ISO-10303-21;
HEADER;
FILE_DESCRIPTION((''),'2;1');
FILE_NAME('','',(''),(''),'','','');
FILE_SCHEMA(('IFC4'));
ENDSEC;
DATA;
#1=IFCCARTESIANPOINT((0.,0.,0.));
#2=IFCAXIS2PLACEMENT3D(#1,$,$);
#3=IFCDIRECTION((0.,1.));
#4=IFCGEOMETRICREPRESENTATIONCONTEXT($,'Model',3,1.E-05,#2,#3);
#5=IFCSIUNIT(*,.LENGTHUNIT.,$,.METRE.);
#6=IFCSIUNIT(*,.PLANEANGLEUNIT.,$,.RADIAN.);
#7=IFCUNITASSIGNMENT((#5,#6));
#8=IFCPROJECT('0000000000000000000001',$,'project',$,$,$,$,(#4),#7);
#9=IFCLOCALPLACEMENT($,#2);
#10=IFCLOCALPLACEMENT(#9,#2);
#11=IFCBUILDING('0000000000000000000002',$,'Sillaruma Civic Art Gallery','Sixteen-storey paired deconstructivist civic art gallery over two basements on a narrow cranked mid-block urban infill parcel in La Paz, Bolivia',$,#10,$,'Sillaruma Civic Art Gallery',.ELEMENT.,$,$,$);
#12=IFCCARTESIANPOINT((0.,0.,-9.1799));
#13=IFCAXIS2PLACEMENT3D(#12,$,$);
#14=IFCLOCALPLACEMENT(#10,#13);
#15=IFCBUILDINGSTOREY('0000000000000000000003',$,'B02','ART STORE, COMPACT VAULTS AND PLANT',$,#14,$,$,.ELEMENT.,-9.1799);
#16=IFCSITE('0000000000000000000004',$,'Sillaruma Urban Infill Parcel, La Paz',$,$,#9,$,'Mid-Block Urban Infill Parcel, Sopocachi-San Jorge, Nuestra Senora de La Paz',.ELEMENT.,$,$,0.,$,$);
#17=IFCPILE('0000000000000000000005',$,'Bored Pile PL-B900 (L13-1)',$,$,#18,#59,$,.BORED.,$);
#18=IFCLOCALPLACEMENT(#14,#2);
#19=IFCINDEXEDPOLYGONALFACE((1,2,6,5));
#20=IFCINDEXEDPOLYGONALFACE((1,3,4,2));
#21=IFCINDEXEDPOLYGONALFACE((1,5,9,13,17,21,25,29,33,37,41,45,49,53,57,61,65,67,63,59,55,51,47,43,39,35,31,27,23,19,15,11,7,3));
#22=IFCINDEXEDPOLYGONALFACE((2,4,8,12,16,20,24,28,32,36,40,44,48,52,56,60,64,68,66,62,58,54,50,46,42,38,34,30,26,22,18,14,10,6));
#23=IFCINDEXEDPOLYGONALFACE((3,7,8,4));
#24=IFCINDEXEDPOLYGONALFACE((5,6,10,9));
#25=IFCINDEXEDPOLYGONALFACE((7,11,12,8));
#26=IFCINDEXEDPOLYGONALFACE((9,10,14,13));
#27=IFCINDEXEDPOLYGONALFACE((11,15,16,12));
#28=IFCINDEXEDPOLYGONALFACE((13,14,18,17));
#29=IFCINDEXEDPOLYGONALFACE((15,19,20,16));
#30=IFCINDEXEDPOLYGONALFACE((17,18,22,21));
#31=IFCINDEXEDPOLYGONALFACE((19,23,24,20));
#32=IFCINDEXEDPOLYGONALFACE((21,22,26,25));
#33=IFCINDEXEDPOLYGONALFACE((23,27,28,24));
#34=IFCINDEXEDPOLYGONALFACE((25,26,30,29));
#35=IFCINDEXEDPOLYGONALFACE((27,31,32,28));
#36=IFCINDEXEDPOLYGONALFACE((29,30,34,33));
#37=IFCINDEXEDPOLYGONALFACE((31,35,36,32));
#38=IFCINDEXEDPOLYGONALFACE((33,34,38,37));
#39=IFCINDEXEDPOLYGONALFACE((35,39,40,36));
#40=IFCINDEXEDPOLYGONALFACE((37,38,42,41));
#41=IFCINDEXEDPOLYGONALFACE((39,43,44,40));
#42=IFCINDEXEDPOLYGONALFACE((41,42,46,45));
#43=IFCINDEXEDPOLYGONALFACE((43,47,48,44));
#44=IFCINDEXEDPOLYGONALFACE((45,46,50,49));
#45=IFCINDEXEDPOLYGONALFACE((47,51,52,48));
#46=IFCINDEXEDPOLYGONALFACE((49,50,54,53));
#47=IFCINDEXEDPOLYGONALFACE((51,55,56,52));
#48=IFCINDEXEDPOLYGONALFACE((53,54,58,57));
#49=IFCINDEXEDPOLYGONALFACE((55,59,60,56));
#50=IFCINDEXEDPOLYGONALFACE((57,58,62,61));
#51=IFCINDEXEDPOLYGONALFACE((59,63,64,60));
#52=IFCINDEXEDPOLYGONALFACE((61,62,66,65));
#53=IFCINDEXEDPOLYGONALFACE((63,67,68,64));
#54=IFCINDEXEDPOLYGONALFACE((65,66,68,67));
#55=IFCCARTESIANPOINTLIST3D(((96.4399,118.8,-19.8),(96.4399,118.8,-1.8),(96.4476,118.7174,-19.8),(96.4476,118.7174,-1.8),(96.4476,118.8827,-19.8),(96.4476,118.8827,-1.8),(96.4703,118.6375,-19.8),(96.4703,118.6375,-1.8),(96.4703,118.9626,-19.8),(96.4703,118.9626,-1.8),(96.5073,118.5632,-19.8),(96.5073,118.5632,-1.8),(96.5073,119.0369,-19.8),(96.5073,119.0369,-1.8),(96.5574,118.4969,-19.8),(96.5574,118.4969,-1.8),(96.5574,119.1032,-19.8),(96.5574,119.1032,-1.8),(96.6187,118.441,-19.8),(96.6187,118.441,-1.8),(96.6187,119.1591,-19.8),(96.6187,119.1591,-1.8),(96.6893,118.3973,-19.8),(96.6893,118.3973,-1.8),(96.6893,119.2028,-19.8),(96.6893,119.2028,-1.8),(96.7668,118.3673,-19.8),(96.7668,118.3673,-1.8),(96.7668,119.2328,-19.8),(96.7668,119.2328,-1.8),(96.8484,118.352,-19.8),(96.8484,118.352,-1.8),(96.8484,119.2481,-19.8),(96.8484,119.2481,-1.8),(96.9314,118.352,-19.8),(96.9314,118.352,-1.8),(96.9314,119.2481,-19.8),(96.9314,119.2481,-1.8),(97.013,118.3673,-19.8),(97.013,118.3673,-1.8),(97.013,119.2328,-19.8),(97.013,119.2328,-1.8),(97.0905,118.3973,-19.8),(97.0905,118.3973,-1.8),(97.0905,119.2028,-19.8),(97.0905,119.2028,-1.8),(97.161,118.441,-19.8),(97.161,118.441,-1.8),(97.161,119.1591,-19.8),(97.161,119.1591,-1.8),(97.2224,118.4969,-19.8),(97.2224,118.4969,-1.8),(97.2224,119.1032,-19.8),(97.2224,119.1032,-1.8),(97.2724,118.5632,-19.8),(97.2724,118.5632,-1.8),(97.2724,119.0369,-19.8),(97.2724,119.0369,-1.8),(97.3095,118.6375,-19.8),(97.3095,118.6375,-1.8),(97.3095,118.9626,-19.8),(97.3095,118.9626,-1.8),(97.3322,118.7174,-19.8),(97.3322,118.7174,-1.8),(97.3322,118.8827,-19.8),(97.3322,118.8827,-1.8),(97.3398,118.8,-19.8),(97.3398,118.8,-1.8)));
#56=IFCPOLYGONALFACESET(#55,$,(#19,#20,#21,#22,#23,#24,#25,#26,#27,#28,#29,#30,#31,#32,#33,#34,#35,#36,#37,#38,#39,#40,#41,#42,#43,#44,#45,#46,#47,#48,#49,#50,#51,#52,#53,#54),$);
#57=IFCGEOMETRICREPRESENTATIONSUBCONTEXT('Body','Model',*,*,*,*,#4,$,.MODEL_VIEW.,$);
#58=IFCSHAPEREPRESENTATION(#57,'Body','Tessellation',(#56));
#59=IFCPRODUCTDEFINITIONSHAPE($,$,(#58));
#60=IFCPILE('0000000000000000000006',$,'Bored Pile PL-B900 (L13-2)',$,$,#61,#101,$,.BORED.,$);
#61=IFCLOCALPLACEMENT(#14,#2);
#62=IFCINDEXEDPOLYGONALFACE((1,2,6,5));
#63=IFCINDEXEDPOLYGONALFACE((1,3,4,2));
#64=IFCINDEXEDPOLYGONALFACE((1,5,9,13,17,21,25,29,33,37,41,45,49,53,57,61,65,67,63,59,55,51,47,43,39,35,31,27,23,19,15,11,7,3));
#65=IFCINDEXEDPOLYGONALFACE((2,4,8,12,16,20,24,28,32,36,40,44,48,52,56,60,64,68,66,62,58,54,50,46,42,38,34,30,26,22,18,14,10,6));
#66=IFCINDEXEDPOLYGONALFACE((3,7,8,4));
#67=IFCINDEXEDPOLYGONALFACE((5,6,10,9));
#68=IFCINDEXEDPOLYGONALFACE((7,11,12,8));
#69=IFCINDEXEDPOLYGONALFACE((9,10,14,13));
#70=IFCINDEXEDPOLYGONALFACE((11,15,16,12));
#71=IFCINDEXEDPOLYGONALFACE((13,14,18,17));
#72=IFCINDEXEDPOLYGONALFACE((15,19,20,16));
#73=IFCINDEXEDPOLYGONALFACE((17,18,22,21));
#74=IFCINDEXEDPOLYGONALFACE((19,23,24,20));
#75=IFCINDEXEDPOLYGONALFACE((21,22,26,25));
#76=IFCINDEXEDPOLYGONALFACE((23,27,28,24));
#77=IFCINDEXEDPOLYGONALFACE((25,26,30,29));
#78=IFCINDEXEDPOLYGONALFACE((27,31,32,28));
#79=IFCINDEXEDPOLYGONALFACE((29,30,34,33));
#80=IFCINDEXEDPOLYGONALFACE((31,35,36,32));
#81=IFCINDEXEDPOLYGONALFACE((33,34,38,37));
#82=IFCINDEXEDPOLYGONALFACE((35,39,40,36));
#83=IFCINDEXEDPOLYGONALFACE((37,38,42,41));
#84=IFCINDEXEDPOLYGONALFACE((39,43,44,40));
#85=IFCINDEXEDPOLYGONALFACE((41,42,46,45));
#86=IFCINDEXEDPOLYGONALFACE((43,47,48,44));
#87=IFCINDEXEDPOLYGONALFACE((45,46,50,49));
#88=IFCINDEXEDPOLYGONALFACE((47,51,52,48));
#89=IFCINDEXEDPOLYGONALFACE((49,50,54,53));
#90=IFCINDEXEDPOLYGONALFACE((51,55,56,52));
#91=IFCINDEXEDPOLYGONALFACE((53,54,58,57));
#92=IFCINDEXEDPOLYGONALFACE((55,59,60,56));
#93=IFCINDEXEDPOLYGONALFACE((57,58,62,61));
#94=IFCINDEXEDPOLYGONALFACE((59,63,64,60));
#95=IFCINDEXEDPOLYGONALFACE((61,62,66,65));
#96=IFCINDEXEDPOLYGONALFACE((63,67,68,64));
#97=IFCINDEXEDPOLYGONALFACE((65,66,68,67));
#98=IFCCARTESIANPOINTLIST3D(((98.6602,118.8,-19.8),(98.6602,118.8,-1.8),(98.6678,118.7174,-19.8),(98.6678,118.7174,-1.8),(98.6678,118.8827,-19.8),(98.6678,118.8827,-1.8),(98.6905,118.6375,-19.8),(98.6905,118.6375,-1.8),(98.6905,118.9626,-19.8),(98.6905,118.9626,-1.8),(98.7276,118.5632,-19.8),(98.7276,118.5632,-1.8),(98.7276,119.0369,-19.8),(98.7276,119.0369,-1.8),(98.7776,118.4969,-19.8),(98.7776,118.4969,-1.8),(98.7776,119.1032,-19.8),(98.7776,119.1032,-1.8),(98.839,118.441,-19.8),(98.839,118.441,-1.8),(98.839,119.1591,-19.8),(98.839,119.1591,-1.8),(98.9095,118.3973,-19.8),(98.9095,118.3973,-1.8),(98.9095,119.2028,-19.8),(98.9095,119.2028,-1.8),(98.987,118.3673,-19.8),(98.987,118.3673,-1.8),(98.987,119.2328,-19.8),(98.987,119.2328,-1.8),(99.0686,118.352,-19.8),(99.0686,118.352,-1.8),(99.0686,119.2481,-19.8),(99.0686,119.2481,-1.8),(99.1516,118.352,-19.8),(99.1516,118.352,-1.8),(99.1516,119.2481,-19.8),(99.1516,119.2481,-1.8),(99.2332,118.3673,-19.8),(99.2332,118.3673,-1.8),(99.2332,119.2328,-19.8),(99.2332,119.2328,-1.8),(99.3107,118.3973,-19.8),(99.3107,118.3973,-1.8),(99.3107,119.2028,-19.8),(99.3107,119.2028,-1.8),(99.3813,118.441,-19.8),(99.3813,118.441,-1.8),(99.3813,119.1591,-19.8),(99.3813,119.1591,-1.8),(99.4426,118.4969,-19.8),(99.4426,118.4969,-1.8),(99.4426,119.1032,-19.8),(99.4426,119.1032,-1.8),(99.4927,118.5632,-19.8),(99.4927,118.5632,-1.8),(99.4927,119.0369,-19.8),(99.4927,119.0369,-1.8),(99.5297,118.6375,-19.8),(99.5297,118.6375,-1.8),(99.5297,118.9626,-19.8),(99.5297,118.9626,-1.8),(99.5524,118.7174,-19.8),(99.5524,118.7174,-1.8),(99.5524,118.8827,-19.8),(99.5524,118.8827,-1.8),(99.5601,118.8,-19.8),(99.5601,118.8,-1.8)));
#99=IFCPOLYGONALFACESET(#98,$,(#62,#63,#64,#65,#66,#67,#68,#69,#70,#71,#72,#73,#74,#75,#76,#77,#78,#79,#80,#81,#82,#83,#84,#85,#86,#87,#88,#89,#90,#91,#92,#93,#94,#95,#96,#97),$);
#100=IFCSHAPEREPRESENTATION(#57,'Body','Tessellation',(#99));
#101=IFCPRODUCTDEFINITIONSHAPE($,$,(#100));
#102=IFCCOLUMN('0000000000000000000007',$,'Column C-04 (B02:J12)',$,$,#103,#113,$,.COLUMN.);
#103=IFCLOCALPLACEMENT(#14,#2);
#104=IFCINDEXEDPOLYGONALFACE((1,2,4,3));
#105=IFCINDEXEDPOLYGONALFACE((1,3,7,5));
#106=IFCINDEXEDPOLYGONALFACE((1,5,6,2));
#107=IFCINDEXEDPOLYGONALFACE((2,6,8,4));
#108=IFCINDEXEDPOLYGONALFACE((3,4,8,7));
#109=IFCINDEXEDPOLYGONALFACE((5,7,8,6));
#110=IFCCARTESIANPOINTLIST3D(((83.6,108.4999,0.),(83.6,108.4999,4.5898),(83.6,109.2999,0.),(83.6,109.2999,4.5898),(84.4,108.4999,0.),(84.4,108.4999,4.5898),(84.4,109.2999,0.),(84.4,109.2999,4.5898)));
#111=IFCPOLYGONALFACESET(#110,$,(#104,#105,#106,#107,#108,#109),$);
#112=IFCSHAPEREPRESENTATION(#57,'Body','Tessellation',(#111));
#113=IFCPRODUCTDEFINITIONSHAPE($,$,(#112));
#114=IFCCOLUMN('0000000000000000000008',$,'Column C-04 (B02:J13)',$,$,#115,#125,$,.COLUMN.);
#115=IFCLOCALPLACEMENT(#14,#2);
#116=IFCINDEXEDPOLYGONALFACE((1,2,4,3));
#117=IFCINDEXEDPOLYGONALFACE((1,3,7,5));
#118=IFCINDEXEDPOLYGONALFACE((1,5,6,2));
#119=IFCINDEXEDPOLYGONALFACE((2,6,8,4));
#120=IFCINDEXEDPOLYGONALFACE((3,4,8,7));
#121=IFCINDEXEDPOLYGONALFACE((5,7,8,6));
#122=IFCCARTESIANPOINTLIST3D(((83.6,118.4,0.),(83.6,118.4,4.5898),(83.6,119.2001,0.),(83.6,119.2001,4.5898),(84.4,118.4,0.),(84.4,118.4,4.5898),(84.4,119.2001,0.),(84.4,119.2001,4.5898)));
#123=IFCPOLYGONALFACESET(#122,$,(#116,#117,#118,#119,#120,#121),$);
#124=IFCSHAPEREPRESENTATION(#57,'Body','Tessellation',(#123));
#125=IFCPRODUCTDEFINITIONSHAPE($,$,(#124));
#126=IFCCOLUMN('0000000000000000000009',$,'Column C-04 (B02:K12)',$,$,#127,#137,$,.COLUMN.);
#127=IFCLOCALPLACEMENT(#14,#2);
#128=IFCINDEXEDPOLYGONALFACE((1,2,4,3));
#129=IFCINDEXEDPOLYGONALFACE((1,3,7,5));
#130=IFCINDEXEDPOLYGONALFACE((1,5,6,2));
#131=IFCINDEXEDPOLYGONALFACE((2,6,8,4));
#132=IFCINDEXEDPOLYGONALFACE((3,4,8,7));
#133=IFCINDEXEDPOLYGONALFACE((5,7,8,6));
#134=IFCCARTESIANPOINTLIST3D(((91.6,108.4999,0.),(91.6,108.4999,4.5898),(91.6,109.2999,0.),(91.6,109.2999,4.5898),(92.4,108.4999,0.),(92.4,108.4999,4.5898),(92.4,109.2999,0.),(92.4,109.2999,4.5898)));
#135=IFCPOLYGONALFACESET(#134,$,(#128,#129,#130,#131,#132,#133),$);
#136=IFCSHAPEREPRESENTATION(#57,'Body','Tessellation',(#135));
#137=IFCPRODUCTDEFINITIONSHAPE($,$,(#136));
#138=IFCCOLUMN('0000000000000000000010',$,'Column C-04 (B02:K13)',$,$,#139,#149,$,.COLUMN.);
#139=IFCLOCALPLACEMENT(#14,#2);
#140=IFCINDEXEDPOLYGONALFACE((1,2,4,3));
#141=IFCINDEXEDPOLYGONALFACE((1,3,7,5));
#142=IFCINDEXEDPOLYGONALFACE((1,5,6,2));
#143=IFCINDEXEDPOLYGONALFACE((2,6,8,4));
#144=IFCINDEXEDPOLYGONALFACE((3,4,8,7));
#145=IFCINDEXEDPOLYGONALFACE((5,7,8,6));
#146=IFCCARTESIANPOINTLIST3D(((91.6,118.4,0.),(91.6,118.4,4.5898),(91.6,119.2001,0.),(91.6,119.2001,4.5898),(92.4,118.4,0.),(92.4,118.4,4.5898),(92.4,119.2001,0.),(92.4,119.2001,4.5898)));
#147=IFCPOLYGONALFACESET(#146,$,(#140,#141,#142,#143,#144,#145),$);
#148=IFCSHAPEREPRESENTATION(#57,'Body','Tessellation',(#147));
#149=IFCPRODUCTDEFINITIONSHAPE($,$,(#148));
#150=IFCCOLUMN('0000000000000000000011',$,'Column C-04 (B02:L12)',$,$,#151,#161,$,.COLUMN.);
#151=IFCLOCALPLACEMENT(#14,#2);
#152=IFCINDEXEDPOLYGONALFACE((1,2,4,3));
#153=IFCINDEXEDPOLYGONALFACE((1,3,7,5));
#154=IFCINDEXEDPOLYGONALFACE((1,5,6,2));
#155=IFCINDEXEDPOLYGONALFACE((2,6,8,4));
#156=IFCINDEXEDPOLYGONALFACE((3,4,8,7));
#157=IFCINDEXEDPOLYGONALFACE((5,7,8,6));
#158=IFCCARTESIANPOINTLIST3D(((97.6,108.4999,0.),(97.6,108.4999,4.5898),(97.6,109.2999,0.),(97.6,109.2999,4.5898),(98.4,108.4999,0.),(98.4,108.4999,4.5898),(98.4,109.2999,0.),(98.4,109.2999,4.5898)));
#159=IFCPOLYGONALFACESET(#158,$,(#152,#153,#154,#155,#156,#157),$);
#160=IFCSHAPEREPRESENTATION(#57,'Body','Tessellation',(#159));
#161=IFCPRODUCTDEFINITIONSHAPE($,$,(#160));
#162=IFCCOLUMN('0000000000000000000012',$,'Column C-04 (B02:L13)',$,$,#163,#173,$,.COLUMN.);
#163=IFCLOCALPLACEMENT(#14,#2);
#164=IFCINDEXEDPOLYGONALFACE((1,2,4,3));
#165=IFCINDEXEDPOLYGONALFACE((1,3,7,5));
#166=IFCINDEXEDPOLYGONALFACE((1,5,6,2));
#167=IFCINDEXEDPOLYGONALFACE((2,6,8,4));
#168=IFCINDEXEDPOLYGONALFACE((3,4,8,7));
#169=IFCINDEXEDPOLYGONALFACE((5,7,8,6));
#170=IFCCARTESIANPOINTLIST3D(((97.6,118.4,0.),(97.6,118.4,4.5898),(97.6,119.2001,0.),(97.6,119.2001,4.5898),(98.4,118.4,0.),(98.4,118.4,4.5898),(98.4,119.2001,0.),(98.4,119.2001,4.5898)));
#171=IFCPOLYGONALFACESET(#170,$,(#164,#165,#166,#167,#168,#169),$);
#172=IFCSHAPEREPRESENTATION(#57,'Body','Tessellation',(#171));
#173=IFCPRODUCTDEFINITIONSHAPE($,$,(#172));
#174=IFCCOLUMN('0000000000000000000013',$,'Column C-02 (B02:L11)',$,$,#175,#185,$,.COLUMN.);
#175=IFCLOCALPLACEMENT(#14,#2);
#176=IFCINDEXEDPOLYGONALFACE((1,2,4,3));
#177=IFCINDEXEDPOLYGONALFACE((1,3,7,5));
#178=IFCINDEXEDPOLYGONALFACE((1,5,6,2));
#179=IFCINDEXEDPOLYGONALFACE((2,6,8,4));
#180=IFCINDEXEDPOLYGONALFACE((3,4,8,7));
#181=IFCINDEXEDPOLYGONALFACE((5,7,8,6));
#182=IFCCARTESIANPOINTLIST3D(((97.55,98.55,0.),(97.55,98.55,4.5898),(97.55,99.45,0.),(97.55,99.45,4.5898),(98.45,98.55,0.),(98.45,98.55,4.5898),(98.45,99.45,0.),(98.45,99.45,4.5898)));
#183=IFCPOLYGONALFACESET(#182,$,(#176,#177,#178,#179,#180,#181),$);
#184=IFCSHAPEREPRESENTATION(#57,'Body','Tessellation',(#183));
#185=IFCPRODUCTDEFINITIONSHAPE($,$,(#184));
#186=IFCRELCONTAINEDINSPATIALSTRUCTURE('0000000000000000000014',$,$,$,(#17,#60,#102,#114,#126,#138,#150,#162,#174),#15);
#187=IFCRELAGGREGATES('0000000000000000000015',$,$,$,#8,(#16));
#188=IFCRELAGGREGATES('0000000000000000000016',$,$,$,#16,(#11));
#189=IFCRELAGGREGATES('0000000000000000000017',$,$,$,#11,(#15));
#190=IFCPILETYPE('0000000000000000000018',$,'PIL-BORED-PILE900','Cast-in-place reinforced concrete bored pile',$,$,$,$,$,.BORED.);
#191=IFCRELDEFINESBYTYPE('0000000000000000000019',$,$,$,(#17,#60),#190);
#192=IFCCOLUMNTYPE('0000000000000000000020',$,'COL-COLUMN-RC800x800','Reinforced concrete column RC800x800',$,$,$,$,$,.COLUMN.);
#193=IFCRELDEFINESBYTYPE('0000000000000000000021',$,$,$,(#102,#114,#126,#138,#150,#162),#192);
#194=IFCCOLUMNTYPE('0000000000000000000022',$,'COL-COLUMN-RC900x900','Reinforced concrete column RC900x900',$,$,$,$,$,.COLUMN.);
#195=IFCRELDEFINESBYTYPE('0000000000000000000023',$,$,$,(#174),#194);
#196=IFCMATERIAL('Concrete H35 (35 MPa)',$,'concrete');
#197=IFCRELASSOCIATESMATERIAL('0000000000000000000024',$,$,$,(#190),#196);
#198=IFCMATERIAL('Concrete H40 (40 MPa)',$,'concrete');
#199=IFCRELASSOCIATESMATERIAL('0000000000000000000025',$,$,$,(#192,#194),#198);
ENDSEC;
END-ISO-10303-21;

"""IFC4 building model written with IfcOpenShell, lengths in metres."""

from ifc_helpers import new_model, si_unit, direction, frame, origin, origin_2d, place, context, subcontext, project, spatial, rectangle, circle, extrude, material, material_profile, profile_set, type_object, element, save


model = new_model("IFC4")

# Units and contexts
model_context = context("Model", 3, precision=1e-05, world=origin(), true_north=direction((0.0, 1.0)))
body_context = subcontext(model_context, "Body", "Model", "MODEL_VIEW")
ifc_project = project(units=[si_unit("LENGTHUNIT", "METRE"), si_unit("PLANEANGLEUNIT", "RADIAN")], contexts=[model_context])

# Site, building, storey
site_placement = place(None, origin())
site = spatial("IfcSite", under=ifc_project, at=site_placement, Name="Sillaruma Urban Infill Parcel, La Paz", LongName="Mid-Block Urban Infill Parcel, Sopocachi-San Jorge, Nuestra Senora de La Paz", CompositionType="ELEMENT", RefElevation=0.0)
building_placement = place(site_placement, origin())
building = spatial("IfcBuilding", under=site, at=building_placement, Name="Sillaruma Civic Art Gallery", Description="Sixteen-storey paired deconstructivist civic art gallery over two basements on a narrow cranked mid-block urban infill parcel in La Paz, Bolivia", LongName="Sillaruma Civic Art Gallery", CompositionType="ELEMENT")
storey_placement = place(building_placement, frame((0.0, 0.0, -9.1799)))
storey = spatial("IfcBuildingStorey", under=building, at=storey_placement, Name="B02", Description="ART STORE, COMPACT VAULTS AND PLANT", CompositionType="ELEMENT", Elevation=-9.1799)

# Shared definitions
ifc_material_1 = material(Name="Concrete H35 (35 MPa)", Category="concrete")

# Piles
ifc_material_profile_1 = material_profile(ifc_material_1, circle(Radius=0.45, at=origin_2d()), Name="PILE900")
ifc_profile_set_1 = profile_set([ifc_material_profile_1], Name="Concrete H35 (35 MPa)")
pile_type_1 = type_object("IfcPileType", Name="PIL-BORED-PILE900", Description="Cast-in-place reinforced concrete bored pile", PredefinedType="BORED", material=ifc_profile_set_1)
for number, where, z_axis, x_axis, name in (
    (1, (96.8899, 118.8, -1.8), (0.0, 0.0, -1.0), (1.0, 0.0, 0.0), "Bored Pile PL-B900 (L13-1)"),
    (2, (99.1101, 118.8, -1.8), (0.0, 0.0, -1.0), (1.0, 0.0, 0.0), "Bored Pile PL-B900 (L13-2)"),
):
    element("IfcPile", number, at=place(storey_placement, frame(where, z_axis=z_axis, x_axis=x_axis)), inside=storey, type_object=pile_type_1, Name=name, PredefinedType="BORED", context=body_context, shape_type="SweptSolid", body=[
        extrude(circle(Radius=0.45, at=origin_2d()), origin(), (0.0, 0.0, 1.0), 18.0),
    ])

# Columns
ifc_material_2 = material(Name="Concrete H40 (40 MPa)", Category="concrete")
ifc_material_profile_2 = material_profile(ifc_material_2, rectangle(XDim=0.8, YDim=0.8, at=origin_2d()), Name="RC800x800")
ifc_profile_set_2 = profile_set([ifc_material_profile_2], Name="Concrete H40 (40 MPa)")
column_type_1 = type_object("IfcColumnType", Name="COL-COLUMN-RC800x800", Description="Reinforced concrete column RC800x800", PredefinedType="COLUMN", material=ifc_profile_set_2)
for number, where, z_axis, x_axis, name in (
    (3, (84.0, 108.8999, 0.0), (0.0, 0.0, 1.0), (1.0, 0.0, 0.0), "Column C-04 (B02:J12)"),
    (4, (84.0, 118.8, 0.0), (0.0, 0.0, 1.0), (1.0, 0.0, 0.0), "Column C-04 (B02:J13)"),
    (5, (92.0, 108.8999, 0.0), (0.0, 0.0, 1.0), (1.0, 0.0, 0.0), "Column C-04 (B02:K12)"),
    (6, (92.0, 118.8, 0.0), (0.0, 0.0, 1.0), (1.0, 0.0, 0.0), "Column C-04 (B02:K13)"),
    (7, (98.0, 108.8999, 0.0), (0.0, 0.0, 1.0), (1.0, 0.0, 0.0), "Column C-04 (B02:L12)"),
    (8, (98.0, 118.8, 0.0), (0.0, 0.0, 1.0), (1.0, 0.0, 0.0), "Column C-04 (B02:L13)"),
):
    element("IfcColumn", number, at=place(storey_placement, frame(where, z_axis=z_axis, x_axis=x_axis)), inside=storey, type_object=column_type_1, Name=name, PredefinedType="COLUMN", context=body_context, shape_type="SweptSolid", body=[
        extrude(rectangle(XDim=0.8, YDim=0.8, at=origin_2d()), origin(), (0.0, 0.0, 1.0), 4.5898),
    ])
ifc_material_profile_3 = material_profile(ifc_material_2, rectangle(XDim=0.8999, YDim=0.8999, at=origin_2d()), Name="RC900x900")
ifc_profile_set_3 = profile_set([ifc_material_profile_3], Name="Concrete H40 (40 MPa)")
column_type_2 = type_object("IfcColumnType", Name="COL-COLUMN-RC900x900", Description="Reinforced concrete column RC900x900", PredefinedType="COLUMN", material=ifc_profile_set_3)
column_placement = place(storey_placement, frame((98.0, 99.0, 0.0), z_axis=(0.0, 0.0, 1.0), x_axis=(1.0, 0.0, 0.0)))
element("IfcColumn", 9, at=column_placement, inside=storey, type_object=column_type_2, Name="Column C-02 (B02:L11)", PredefinedType="COLUMN", context=body_context, shape_type="SweptSolid", body=[
    extrude(rectangle(XDim=0.8999, YDim=0.8999, at=origin_2d()), origin(), (0.0, 0.0, 1.0), 4.5898),
])

save(model, "model.ifc")
